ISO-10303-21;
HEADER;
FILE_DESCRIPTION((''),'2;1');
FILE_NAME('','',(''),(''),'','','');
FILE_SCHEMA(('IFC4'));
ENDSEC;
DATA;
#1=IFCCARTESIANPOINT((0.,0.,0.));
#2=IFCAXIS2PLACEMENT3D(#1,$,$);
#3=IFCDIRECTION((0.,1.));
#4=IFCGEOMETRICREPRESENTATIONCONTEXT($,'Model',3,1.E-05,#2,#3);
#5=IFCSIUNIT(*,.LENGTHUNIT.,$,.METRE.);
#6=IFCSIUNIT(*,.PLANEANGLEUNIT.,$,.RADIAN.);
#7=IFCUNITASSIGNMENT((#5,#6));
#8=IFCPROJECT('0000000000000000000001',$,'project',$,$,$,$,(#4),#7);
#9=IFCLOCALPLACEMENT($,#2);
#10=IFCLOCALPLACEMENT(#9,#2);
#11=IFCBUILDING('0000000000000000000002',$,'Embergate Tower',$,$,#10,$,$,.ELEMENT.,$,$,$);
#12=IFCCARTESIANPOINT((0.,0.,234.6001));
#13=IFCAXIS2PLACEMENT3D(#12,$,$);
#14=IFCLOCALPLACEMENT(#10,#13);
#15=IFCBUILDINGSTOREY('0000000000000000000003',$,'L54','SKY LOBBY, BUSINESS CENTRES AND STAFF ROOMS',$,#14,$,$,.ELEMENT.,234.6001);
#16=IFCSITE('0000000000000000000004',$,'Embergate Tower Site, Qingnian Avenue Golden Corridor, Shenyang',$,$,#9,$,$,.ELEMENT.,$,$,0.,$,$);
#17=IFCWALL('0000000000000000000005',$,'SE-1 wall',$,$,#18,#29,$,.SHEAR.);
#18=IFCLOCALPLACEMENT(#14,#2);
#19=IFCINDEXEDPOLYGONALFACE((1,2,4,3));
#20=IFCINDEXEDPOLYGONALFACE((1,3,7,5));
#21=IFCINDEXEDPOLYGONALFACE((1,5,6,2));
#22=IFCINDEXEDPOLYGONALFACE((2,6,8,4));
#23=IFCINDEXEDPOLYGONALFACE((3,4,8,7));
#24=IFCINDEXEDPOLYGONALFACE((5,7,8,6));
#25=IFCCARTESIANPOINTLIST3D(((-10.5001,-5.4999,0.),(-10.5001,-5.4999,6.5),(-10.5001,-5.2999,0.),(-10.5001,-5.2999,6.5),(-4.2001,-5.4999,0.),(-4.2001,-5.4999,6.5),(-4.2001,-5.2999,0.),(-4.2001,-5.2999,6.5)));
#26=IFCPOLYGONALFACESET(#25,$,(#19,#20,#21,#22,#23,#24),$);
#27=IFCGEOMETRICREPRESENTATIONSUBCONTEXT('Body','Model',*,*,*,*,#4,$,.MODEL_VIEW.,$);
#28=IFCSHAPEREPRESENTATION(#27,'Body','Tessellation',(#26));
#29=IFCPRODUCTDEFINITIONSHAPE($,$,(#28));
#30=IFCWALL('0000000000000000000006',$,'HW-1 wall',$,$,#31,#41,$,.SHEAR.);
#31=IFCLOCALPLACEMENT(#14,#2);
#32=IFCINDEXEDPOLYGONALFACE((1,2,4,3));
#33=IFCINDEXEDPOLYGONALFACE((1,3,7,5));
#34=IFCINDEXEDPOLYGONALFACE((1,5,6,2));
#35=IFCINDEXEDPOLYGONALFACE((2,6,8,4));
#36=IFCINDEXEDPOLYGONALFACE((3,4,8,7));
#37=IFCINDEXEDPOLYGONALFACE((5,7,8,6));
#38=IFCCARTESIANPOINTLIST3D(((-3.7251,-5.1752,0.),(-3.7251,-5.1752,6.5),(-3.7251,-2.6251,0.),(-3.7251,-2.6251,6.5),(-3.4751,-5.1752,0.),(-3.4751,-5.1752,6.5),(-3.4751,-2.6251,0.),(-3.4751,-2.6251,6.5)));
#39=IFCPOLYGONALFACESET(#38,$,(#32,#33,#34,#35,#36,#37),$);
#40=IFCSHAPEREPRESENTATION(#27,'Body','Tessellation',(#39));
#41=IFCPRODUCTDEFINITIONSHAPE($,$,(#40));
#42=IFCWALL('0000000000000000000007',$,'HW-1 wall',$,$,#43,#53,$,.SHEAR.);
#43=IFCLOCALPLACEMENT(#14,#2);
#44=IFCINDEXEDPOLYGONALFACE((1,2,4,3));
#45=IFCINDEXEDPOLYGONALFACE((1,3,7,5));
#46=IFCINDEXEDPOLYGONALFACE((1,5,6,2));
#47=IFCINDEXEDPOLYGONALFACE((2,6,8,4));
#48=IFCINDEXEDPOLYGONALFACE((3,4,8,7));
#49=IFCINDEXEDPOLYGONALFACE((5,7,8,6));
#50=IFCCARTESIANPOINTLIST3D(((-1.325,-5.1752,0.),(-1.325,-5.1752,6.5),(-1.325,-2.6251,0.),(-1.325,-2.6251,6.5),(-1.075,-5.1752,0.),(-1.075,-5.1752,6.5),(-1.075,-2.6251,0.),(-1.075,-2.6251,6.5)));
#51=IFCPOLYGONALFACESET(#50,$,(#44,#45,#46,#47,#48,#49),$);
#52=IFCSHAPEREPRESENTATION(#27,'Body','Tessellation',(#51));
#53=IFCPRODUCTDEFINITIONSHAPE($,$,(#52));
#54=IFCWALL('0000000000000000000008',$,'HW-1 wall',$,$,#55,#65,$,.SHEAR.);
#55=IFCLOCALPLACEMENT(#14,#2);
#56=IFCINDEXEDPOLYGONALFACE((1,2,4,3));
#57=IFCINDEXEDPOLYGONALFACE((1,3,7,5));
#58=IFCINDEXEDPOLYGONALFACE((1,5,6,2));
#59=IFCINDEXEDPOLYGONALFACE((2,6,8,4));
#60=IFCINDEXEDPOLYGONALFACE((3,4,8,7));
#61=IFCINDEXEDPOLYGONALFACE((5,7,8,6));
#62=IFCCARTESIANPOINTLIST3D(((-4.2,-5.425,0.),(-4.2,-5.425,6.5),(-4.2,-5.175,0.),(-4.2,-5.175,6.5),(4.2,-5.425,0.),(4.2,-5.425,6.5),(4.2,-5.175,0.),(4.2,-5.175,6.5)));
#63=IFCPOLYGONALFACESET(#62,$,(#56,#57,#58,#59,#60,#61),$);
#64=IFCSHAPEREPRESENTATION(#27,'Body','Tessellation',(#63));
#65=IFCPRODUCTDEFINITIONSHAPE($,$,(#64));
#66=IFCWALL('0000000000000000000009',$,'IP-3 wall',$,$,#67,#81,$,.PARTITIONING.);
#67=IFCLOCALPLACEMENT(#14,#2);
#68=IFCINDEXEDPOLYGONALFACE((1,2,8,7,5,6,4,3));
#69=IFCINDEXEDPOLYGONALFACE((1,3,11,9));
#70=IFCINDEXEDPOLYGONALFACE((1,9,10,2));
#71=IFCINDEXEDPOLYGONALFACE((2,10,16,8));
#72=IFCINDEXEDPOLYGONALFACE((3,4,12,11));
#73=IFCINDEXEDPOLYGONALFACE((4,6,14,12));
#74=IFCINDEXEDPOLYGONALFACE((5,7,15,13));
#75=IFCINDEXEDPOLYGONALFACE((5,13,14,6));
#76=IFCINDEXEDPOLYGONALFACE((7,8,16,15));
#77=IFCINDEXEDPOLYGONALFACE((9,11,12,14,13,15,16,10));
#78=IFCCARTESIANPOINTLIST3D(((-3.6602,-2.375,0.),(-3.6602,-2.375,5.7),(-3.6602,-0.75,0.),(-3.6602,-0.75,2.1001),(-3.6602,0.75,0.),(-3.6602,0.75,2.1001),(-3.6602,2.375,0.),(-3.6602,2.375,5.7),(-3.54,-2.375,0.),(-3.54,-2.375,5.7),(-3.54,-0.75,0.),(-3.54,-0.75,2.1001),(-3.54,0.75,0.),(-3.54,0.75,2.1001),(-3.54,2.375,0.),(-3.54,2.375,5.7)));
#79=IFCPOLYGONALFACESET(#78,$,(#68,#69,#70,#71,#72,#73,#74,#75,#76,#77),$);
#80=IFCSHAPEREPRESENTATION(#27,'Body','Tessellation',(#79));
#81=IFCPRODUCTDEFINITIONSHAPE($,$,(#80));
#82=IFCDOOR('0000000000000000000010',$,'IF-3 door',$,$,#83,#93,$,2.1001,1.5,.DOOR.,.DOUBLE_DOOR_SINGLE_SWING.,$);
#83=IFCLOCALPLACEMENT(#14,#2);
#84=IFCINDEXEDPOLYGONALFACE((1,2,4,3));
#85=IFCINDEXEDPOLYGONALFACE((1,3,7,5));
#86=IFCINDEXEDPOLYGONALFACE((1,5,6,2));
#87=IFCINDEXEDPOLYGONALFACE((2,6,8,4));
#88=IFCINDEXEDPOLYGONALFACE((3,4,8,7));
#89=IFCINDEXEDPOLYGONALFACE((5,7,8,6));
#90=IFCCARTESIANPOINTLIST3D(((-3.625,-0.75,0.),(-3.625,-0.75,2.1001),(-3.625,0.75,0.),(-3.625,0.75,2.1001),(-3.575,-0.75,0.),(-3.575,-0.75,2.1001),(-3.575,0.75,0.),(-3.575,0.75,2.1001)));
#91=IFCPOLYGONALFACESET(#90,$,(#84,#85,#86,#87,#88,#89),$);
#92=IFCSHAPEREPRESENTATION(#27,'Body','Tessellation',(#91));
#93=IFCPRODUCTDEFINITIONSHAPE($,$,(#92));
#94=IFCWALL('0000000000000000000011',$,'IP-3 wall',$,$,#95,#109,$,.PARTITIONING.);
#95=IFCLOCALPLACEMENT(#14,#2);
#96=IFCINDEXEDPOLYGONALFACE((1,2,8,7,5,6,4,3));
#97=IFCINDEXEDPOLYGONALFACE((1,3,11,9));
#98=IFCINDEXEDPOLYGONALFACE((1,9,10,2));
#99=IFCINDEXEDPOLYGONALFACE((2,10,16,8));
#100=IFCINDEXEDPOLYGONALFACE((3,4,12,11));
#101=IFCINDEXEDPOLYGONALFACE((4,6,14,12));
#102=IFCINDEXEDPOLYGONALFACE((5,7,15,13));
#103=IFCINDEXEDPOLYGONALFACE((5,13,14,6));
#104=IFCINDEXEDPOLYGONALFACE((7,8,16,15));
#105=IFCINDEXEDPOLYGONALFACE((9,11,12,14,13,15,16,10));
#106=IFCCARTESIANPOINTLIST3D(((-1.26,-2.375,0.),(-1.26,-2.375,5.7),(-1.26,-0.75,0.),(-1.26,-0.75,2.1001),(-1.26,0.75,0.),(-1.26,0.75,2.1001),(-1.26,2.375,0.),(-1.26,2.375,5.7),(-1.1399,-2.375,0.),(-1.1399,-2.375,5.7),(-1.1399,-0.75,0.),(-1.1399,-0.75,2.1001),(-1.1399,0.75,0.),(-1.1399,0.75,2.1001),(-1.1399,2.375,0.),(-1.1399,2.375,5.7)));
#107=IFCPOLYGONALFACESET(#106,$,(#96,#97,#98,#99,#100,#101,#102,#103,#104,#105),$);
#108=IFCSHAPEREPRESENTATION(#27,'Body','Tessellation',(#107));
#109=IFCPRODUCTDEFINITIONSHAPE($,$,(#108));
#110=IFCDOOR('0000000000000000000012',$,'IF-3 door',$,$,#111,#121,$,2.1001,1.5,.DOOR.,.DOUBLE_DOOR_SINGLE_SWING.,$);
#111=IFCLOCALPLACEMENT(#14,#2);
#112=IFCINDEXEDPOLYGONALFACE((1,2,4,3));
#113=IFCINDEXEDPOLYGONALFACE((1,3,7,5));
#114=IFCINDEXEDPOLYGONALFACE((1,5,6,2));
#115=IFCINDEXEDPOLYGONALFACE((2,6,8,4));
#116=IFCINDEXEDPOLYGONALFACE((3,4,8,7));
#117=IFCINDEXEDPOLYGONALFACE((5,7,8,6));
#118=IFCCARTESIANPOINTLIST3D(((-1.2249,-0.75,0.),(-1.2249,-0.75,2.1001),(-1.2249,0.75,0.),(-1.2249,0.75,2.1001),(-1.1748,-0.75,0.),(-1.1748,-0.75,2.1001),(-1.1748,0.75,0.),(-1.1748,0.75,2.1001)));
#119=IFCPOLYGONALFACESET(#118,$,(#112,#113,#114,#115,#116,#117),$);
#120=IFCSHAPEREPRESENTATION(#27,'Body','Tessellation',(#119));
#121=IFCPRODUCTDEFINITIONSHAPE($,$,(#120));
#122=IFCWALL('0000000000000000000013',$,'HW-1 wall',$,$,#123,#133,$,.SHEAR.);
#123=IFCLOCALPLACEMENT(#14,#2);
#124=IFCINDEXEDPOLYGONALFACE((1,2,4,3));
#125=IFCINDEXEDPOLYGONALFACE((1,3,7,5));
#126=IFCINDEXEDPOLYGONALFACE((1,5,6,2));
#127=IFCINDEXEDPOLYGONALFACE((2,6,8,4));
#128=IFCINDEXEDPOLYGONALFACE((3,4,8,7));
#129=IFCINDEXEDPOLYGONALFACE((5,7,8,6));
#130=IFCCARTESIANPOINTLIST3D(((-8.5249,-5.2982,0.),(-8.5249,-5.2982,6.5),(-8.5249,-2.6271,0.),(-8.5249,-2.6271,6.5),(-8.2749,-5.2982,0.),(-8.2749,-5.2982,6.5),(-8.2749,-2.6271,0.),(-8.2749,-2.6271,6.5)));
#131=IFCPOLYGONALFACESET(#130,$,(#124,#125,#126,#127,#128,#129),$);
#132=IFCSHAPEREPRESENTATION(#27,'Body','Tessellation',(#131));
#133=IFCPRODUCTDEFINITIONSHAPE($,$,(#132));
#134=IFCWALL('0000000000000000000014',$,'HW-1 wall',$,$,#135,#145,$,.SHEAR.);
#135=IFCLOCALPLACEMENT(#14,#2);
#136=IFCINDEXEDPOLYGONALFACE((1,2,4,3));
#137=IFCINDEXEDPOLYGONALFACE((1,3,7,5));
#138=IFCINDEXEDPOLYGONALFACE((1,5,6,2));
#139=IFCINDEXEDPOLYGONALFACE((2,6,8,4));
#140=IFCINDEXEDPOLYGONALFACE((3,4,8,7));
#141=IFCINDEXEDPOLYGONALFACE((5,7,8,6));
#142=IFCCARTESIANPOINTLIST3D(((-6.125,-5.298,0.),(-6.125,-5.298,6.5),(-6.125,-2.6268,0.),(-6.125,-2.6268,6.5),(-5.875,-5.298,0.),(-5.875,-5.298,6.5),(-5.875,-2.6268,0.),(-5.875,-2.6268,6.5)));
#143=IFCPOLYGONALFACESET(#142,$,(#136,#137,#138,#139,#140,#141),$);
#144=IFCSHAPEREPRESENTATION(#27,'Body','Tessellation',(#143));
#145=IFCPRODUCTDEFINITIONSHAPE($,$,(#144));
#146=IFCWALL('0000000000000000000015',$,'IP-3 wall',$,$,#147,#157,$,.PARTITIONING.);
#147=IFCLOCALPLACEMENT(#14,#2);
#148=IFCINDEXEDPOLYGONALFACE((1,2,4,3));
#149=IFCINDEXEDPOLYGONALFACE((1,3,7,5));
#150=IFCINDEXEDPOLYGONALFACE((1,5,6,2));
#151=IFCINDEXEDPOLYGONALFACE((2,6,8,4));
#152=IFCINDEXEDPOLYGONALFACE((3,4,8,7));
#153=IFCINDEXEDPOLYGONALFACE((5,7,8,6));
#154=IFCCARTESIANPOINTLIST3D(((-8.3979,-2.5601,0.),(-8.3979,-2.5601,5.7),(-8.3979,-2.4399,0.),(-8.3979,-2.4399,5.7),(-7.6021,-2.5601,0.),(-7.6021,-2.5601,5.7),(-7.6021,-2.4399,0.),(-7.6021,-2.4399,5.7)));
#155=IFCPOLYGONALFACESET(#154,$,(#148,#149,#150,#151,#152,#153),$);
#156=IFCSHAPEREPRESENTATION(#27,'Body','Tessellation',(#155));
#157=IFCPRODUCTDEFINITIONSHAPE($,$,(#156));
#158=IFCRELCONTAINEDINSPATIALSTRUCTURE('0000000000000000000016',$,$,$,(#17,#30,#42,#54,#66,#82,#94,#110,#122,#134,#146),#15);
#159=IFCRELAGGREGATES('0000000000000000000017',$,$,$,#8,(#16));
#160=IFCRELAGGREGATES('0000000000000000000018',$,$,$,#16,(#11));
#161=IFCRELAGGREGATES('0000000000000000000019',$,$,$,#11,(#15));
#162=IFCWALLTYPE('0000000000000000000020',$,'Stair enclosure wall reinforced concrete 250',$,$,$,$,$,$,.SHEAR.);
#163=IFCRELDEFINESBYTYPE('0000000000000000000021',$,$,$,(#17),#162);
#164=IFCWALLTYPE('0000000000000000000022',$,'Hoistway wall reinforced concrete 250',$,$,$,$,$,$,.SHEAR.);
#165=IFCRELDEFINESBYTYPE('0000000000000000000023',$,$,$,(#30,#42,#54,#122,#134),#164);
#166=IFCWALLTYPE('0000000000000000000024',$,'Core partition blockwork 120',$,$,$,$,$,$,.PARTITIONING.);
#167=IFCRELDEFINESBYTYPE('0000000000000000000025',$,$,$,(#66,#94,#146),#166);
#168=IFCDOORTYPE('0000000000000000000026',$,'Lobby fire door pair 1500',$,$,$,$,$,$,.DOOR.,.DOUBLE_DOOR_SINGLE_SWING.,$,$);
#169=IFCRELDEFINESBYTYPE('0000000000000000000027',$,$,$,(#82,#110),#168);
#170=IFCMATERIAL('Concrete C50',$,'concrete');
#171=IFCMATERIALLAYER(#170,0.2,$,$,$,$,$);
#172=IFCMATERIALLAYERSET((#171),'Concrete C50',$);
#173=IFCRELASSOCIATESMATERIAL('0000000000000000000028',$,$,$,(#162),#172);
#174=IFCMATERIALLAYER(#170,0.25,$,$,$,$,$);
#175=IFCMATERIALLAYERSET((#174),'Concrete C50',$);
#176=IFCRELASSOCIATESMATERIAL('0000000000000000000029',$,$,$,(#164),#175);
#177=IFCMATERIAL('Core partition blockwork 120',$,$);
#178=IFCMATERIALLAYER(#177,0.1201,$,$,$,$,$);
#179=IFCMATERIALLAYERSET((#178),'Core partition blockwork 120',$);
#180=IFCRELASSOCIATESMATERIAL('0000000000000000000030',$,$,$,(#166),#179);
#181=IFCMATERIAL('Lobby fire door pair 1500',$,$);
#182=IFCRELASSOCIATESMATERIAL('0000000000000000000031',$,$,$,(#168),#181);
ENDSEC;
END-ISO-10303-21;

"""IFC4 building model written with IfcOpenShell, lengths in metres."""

from ifc_helpers import new_model, si_unit, direction, frame, frame_2d, origin, place, context, subcontext, project, spatial, rectangle, extrude, source, transform, mapped, material, layer, layer_set, type_object, element, fill, save


model = new_model("IFC4")

# Units and contexts
model_context = context("Model", 3, precision=1e-05, world=origin(), true_north=direction((0.0, 1.0)))
body_context = subcontext(model_context, "Body", "Model", "MODEL_VIEW")
ifc_project = project(units=[si_unit("LENGTHUNIT", "METRE"), si_unit("PLANEANGLEUNIT", "RADIAN")], contexts=[model_context])

# Site, building, storey
site_placement = place(None, origin())
site = spatial("IfcSite", under=ifc_project, at=site_placement, Name="Embergate Tower Site, Qingnian Avenue Golden Corridor, Shenyang", CompositionType="ELEMENT", RefElevation=0.0)
building_placement = place(site_placement, origin())
building = spatial("IfcBuilding", under=site, at=building_placement, Name="Embergate Tower", CompositionType="ELEMENT")
storey_placement = place(building_placement, frame((0.0, 0.0, 234.6001)))
storey = spatial("IfcBuildingStorey", under=building, at=storey_placement, Name="L54", Description="SKY LOBBY, BUSINESS CENTRES AND STAFF ROOMS", CompositionType="ELEMENT", Elevation=234.6001)

# Walls
ifc_material_1 = material(Name="Concrete C50", Category="concrete")
ifc_layer_1 = layer(ifc_material_1, 0.2)
ifc_layer_set_1 = layer_set([ifc_layer_1], Name="Concrete C50")
wall_type_1 = type_object("IfcWallType", Name="Stair enclosure wall reinforced concrete 250", PredefinedType="SHEAR", material=ifc_layer_set_1)
shared_shape_1 = source(origin(), body_context, "Body", "SweptSolid", [
    extrude(rectangle(XDim=6.3, YDim=0.2, at=frame_2d((3.1499, 0.0))), origin(), (0.0, 0.0, 1.0), 6.5),
])
wall_1_placement = place(storey_placement, frame((-10.5, -5.3999, 0.0), z_axis=(0.0, 0.0, 1.0), x_axis=(1.0, 0.0, 0.0)))
element("IfcWall", 1, at=wall_1_placement, inside=storey, type_object=wall_type_1, Name="SE-1 wall", PredefinedType="SHEAR", context=body_context, shape_type="MappedRepresentation", body=[
    mapped(shared_shape_1, transform((0.0, 0.0, 0.0))),
])
ifc_layer_2 = layer(ifc_material_1, 0.25)
ifc_layer_set_2 = layer_set([ifc_layer_2], Name="Concrete C50")
wall_type_2 = type_object("IfcWallType", Name="Hoistway wall reinforced concrete 250", PredefinedType="SHEAR", material=ifc_layer_set_2)
shared_shape_2 = source(origin(), body_context, "Body", "SweptSolid", [
    extrude(rectangle(XDim=2.55, YDim=0.25, at=frame_2d((1.2749, 0.0))), origin(), (0.0, 0.0, 1.0), 6.5),
])
for number, where, z_axis, x_axis, name in (
    (2, (-3.6001, -5.175, 0.0), (0.0, 0.0, 1.0), (0.0, 1.0, 0.0), "HW-1 wall"),
    (3, (-1.2, -5.175, 0.0), (0.0, 0.0, 1.0), (0.0, 1.0, 0.0), "HW-1 wall"),
):
    element("IfcWall", number, at=place(storey_placement, frame(where, z_axis=z_axis, x_axis=x_axis)), inside=storey, type_object=wall_type_2, Name=name, PredefinedType="SHEAR", context=body_context, shape_type="MappedRepresentation", body=[
        mapped(shared_shape_2, transform((0.0, 0.0, 0.0))),
    ])
shared_shape_3 = source(origin(), body_context, "Body", "SweptSolid", [
    extrude(rectangle(XDim=8.3999, YDim=0.25, at=frame_2d((4.2, 0.0))), origin(), (0.0, 0.0, 1.0), 6.5),
])
wall_2_placement = place(storey_placement, frame((-4.2, -5.3, 0.0), z_axis=(0.0, 0.0, 1.0), x_axis=(1.0, 0.0, 0.0)))
element("IfcWall", 4, at=wall_2_placement, inside=storey, type_object=wall_type_2, Name="HW-1 wall", PredefinedType="SHEAR", context=body_context, shape_type="MappedRepresentation", body=[
    mapped(shared_shape_3, transform((0.0, 0.0, 0.0))),
])

# Walls, openings, doors
ifc_material_2 = material(Name="Core partition blockwork 120")
ifc_layer_3 = layer(ifc_material_2, 0.1201)
ifc_layer_set_3 = layer_set([ifc_layer_3], Name="Core partition blockwork 120")
wall_type_3 = type_object("IfcWallType", Name="Core partition blockwork 120", PredefinedType="PARTITIONING", material=ifc_layer_set_3)
shared_shape_4 = source(origin(), body_context, "Body", "SweptSolid", [
    extrude(rectangle(XDim=4.75, YDim=0.1201, at=frame_2d((2.375, 0.0))), origin(), (0.0, 0.0, 1.0), 5.7),
])
wall_3_placement = place(storey_placement, frame((-3.6001, -2.375, 0.0), z_axis=(0.0, 0.0, 1.0), x_axis=(0.0, 1.0, 0.0)))
wall_3 = element("IfcWall", 5, at=wall_3_placement, inside=storey, type_object=wall_type_3, Name="IP-3 wall", PredefinedType="PARTITIONING", context=body_context, shape_type="MappedRepresentation", body=[
    mapped(shared_shape_4, transform((0.0, 0.0, 0.0))),
])
shared_shape_5 = source(origin(), body_context, "Body", "SweptSolid", [
    extrude(rectangle(XDim=1.5, YDim=2.1001, at=frame_2d((0.75, 1.05))), frame((0.0, 0.0701, 0.0), z_axis=(0.0, -1.0, 0.0), x_axis=(1.0, 0.0, 0.0)), (0.0, 0.0, 1.0), 0.1401),
])
opening_1_placement = place(wall_3_placement, frame((1.625, 0.0, 0.0)))
opening_1 = element("IfcOpeningElement", 6, at=opening_1_placement, cuts=wall_3, PredefinedType="OPENING", context=body_context, shape_type="MappedRepresentation", body=[
    mapped(shared_shape_5, transform((0.0, 0.0, 0.0))),
])
ifc_material_3 = material(Name="Lobby fire door pair 1500")
door_type_1 = type_object("IfcDoorType", Name="Lobby fire door pair 1500", OperationType="DOUBLE_DOOR_SINGLE_SWING", PredefinedType="DOOR", material=ifc_material_3)
shared_shape_6 = source(origin(), body_context, "Body", "SweptSolid", [
    extrude(rectangle(XDim=1.5, YDim=2.1001, at=frame_2d((0.75, 1.05))), frame((0.0, 0.0249, 0.0), z_axis=(0.0, -1.0, 0.0), x_axis=(1.0, 0.0, 0.0)), (0.0, 0.0, 1.0), 0.05),
])
door_1_placement = place(opening_1_placement, origin())
door_1 = element("IfcDoor", 7, at=door_1_placement, inside=storey, type_object=door_type_1, Name="IF-3 door", OperationType="DOUBLE_DOOR_SINGLE_SWING", OverallHeight=2.1001, OverallWidth=1.5, PredefinedType="DOOR", context=body_context, shape_type="MappedRepresentation", body=[
    mapped(shared_shape_6, transform((0.0, 0.0, 0.0))),
])
fill(opening_1, door_1)
wall_4_placement = place(storey_placement, frame((-1.2, -2.375, 0.0), z_axis=(0.0, 0.0, 1.0), x_axis=(0.0, 1.0, 0.0)))
wall_4 = element("IfcWall", 8, at=wall_4_placement, inside=storey, type_object=wall_type_3, Name="IP-3 wall", PredefinedType="PARTITIONING", context=body_context, shape_type="MappedRepresentation", body=[
    mapped(shared_shape_4, transform((0.0, 0.0, 0.0))),
])
opening_2_placement = place(wall_4_placement, frame((1.625, 0.0, 0.0)))
opening_2 = element("IfcOpeningElement", 9, at=opening_2_placement, cuts=wall_4, PredefinedType="OPENING", context=body_context, shape_type="MappedRepresentation", body=[
    mapped(shared_shape_5, transform((0.0, 0.0, 0.0))),
])
door_2_placement = place(opening_2_placement, origin())
door_2 = element("IfcDoor", 10, at=door_2_placement, inside=storey, type_object=door_type_1, Name="IF-3 door", OperationType="DOUBLE_DOOR_SINGLE_SWING", OverallHeight=2.1001, OverallWidth=1.5, PredefinedType="DOOR", context=body_context, shape_type="MappedRepresentation", body=[
    mapped(shared_shape_6, transform((0.0, 0.0, 0.0))),
])
fill(opening_2, door_2)

# Walls
shared_shape_7 = source(origin(), body_context, "Body", "SweptSolid", [
    extrude(rectangle(XDim=2.6711, YDim=0.25, at=frame_2d((1.3354, 0.0))), origin(), (0.0, 0.0, 1.0), 6.5),
])
for number, where, z_axis, x_axis, name in (
    (11, (-8.3999, -5.2981, 0.0), (0.0, 0.0, 1.0), (0.0, 1.0, 0.0), "HW-1 wall"),
    (12, (-6.0, -2.627, 0.0), (0.0, 0.0, 1.0), (0.0, -1.0, 0.0), "HW-1 wall"),
):
    element("IfcWall", number, at=place(storey_placement, frame(where, z_axis=z_axis, x_axis=x_axis)), inside=storey, type_object=wall_type_2, Name=name, PredefinedType="SHEAR", context=body_context, shape_type="MappedRepresentation", body=[
        mapped(shared_shape_7, transform((0.0, 0.0, 0.0))),
    ])
shared_shape_8 = source(origin(), body_context, "Body", "SweptSolid", [
    extrude(rectangle(XDim=0.7959, YDim=0.1201, at=frame_2d((0.3979, 0.0))), origin(), (0.0, 0.0, 1.0), 5.7),
])
wall_5_placement = place(storey_placement, frame((-8.3979, -2.5, 0.0), z_axis=(0.0, 0.0, 1.0), x_axis=(1.0, 0.0, 0.0)))
element("IfcWall", 13, at=wall_5_placement, inside=storey, type_object=wall_type_3, Name="IP-3 wall", PredefinedType="PARTITIONING", context=body_context, shape_type="MappedRepresentation", body=[
    mapped(shared_shape_8, transform((0.0, 0.0, 0.0))),
])

save(model, "model.ifc")
